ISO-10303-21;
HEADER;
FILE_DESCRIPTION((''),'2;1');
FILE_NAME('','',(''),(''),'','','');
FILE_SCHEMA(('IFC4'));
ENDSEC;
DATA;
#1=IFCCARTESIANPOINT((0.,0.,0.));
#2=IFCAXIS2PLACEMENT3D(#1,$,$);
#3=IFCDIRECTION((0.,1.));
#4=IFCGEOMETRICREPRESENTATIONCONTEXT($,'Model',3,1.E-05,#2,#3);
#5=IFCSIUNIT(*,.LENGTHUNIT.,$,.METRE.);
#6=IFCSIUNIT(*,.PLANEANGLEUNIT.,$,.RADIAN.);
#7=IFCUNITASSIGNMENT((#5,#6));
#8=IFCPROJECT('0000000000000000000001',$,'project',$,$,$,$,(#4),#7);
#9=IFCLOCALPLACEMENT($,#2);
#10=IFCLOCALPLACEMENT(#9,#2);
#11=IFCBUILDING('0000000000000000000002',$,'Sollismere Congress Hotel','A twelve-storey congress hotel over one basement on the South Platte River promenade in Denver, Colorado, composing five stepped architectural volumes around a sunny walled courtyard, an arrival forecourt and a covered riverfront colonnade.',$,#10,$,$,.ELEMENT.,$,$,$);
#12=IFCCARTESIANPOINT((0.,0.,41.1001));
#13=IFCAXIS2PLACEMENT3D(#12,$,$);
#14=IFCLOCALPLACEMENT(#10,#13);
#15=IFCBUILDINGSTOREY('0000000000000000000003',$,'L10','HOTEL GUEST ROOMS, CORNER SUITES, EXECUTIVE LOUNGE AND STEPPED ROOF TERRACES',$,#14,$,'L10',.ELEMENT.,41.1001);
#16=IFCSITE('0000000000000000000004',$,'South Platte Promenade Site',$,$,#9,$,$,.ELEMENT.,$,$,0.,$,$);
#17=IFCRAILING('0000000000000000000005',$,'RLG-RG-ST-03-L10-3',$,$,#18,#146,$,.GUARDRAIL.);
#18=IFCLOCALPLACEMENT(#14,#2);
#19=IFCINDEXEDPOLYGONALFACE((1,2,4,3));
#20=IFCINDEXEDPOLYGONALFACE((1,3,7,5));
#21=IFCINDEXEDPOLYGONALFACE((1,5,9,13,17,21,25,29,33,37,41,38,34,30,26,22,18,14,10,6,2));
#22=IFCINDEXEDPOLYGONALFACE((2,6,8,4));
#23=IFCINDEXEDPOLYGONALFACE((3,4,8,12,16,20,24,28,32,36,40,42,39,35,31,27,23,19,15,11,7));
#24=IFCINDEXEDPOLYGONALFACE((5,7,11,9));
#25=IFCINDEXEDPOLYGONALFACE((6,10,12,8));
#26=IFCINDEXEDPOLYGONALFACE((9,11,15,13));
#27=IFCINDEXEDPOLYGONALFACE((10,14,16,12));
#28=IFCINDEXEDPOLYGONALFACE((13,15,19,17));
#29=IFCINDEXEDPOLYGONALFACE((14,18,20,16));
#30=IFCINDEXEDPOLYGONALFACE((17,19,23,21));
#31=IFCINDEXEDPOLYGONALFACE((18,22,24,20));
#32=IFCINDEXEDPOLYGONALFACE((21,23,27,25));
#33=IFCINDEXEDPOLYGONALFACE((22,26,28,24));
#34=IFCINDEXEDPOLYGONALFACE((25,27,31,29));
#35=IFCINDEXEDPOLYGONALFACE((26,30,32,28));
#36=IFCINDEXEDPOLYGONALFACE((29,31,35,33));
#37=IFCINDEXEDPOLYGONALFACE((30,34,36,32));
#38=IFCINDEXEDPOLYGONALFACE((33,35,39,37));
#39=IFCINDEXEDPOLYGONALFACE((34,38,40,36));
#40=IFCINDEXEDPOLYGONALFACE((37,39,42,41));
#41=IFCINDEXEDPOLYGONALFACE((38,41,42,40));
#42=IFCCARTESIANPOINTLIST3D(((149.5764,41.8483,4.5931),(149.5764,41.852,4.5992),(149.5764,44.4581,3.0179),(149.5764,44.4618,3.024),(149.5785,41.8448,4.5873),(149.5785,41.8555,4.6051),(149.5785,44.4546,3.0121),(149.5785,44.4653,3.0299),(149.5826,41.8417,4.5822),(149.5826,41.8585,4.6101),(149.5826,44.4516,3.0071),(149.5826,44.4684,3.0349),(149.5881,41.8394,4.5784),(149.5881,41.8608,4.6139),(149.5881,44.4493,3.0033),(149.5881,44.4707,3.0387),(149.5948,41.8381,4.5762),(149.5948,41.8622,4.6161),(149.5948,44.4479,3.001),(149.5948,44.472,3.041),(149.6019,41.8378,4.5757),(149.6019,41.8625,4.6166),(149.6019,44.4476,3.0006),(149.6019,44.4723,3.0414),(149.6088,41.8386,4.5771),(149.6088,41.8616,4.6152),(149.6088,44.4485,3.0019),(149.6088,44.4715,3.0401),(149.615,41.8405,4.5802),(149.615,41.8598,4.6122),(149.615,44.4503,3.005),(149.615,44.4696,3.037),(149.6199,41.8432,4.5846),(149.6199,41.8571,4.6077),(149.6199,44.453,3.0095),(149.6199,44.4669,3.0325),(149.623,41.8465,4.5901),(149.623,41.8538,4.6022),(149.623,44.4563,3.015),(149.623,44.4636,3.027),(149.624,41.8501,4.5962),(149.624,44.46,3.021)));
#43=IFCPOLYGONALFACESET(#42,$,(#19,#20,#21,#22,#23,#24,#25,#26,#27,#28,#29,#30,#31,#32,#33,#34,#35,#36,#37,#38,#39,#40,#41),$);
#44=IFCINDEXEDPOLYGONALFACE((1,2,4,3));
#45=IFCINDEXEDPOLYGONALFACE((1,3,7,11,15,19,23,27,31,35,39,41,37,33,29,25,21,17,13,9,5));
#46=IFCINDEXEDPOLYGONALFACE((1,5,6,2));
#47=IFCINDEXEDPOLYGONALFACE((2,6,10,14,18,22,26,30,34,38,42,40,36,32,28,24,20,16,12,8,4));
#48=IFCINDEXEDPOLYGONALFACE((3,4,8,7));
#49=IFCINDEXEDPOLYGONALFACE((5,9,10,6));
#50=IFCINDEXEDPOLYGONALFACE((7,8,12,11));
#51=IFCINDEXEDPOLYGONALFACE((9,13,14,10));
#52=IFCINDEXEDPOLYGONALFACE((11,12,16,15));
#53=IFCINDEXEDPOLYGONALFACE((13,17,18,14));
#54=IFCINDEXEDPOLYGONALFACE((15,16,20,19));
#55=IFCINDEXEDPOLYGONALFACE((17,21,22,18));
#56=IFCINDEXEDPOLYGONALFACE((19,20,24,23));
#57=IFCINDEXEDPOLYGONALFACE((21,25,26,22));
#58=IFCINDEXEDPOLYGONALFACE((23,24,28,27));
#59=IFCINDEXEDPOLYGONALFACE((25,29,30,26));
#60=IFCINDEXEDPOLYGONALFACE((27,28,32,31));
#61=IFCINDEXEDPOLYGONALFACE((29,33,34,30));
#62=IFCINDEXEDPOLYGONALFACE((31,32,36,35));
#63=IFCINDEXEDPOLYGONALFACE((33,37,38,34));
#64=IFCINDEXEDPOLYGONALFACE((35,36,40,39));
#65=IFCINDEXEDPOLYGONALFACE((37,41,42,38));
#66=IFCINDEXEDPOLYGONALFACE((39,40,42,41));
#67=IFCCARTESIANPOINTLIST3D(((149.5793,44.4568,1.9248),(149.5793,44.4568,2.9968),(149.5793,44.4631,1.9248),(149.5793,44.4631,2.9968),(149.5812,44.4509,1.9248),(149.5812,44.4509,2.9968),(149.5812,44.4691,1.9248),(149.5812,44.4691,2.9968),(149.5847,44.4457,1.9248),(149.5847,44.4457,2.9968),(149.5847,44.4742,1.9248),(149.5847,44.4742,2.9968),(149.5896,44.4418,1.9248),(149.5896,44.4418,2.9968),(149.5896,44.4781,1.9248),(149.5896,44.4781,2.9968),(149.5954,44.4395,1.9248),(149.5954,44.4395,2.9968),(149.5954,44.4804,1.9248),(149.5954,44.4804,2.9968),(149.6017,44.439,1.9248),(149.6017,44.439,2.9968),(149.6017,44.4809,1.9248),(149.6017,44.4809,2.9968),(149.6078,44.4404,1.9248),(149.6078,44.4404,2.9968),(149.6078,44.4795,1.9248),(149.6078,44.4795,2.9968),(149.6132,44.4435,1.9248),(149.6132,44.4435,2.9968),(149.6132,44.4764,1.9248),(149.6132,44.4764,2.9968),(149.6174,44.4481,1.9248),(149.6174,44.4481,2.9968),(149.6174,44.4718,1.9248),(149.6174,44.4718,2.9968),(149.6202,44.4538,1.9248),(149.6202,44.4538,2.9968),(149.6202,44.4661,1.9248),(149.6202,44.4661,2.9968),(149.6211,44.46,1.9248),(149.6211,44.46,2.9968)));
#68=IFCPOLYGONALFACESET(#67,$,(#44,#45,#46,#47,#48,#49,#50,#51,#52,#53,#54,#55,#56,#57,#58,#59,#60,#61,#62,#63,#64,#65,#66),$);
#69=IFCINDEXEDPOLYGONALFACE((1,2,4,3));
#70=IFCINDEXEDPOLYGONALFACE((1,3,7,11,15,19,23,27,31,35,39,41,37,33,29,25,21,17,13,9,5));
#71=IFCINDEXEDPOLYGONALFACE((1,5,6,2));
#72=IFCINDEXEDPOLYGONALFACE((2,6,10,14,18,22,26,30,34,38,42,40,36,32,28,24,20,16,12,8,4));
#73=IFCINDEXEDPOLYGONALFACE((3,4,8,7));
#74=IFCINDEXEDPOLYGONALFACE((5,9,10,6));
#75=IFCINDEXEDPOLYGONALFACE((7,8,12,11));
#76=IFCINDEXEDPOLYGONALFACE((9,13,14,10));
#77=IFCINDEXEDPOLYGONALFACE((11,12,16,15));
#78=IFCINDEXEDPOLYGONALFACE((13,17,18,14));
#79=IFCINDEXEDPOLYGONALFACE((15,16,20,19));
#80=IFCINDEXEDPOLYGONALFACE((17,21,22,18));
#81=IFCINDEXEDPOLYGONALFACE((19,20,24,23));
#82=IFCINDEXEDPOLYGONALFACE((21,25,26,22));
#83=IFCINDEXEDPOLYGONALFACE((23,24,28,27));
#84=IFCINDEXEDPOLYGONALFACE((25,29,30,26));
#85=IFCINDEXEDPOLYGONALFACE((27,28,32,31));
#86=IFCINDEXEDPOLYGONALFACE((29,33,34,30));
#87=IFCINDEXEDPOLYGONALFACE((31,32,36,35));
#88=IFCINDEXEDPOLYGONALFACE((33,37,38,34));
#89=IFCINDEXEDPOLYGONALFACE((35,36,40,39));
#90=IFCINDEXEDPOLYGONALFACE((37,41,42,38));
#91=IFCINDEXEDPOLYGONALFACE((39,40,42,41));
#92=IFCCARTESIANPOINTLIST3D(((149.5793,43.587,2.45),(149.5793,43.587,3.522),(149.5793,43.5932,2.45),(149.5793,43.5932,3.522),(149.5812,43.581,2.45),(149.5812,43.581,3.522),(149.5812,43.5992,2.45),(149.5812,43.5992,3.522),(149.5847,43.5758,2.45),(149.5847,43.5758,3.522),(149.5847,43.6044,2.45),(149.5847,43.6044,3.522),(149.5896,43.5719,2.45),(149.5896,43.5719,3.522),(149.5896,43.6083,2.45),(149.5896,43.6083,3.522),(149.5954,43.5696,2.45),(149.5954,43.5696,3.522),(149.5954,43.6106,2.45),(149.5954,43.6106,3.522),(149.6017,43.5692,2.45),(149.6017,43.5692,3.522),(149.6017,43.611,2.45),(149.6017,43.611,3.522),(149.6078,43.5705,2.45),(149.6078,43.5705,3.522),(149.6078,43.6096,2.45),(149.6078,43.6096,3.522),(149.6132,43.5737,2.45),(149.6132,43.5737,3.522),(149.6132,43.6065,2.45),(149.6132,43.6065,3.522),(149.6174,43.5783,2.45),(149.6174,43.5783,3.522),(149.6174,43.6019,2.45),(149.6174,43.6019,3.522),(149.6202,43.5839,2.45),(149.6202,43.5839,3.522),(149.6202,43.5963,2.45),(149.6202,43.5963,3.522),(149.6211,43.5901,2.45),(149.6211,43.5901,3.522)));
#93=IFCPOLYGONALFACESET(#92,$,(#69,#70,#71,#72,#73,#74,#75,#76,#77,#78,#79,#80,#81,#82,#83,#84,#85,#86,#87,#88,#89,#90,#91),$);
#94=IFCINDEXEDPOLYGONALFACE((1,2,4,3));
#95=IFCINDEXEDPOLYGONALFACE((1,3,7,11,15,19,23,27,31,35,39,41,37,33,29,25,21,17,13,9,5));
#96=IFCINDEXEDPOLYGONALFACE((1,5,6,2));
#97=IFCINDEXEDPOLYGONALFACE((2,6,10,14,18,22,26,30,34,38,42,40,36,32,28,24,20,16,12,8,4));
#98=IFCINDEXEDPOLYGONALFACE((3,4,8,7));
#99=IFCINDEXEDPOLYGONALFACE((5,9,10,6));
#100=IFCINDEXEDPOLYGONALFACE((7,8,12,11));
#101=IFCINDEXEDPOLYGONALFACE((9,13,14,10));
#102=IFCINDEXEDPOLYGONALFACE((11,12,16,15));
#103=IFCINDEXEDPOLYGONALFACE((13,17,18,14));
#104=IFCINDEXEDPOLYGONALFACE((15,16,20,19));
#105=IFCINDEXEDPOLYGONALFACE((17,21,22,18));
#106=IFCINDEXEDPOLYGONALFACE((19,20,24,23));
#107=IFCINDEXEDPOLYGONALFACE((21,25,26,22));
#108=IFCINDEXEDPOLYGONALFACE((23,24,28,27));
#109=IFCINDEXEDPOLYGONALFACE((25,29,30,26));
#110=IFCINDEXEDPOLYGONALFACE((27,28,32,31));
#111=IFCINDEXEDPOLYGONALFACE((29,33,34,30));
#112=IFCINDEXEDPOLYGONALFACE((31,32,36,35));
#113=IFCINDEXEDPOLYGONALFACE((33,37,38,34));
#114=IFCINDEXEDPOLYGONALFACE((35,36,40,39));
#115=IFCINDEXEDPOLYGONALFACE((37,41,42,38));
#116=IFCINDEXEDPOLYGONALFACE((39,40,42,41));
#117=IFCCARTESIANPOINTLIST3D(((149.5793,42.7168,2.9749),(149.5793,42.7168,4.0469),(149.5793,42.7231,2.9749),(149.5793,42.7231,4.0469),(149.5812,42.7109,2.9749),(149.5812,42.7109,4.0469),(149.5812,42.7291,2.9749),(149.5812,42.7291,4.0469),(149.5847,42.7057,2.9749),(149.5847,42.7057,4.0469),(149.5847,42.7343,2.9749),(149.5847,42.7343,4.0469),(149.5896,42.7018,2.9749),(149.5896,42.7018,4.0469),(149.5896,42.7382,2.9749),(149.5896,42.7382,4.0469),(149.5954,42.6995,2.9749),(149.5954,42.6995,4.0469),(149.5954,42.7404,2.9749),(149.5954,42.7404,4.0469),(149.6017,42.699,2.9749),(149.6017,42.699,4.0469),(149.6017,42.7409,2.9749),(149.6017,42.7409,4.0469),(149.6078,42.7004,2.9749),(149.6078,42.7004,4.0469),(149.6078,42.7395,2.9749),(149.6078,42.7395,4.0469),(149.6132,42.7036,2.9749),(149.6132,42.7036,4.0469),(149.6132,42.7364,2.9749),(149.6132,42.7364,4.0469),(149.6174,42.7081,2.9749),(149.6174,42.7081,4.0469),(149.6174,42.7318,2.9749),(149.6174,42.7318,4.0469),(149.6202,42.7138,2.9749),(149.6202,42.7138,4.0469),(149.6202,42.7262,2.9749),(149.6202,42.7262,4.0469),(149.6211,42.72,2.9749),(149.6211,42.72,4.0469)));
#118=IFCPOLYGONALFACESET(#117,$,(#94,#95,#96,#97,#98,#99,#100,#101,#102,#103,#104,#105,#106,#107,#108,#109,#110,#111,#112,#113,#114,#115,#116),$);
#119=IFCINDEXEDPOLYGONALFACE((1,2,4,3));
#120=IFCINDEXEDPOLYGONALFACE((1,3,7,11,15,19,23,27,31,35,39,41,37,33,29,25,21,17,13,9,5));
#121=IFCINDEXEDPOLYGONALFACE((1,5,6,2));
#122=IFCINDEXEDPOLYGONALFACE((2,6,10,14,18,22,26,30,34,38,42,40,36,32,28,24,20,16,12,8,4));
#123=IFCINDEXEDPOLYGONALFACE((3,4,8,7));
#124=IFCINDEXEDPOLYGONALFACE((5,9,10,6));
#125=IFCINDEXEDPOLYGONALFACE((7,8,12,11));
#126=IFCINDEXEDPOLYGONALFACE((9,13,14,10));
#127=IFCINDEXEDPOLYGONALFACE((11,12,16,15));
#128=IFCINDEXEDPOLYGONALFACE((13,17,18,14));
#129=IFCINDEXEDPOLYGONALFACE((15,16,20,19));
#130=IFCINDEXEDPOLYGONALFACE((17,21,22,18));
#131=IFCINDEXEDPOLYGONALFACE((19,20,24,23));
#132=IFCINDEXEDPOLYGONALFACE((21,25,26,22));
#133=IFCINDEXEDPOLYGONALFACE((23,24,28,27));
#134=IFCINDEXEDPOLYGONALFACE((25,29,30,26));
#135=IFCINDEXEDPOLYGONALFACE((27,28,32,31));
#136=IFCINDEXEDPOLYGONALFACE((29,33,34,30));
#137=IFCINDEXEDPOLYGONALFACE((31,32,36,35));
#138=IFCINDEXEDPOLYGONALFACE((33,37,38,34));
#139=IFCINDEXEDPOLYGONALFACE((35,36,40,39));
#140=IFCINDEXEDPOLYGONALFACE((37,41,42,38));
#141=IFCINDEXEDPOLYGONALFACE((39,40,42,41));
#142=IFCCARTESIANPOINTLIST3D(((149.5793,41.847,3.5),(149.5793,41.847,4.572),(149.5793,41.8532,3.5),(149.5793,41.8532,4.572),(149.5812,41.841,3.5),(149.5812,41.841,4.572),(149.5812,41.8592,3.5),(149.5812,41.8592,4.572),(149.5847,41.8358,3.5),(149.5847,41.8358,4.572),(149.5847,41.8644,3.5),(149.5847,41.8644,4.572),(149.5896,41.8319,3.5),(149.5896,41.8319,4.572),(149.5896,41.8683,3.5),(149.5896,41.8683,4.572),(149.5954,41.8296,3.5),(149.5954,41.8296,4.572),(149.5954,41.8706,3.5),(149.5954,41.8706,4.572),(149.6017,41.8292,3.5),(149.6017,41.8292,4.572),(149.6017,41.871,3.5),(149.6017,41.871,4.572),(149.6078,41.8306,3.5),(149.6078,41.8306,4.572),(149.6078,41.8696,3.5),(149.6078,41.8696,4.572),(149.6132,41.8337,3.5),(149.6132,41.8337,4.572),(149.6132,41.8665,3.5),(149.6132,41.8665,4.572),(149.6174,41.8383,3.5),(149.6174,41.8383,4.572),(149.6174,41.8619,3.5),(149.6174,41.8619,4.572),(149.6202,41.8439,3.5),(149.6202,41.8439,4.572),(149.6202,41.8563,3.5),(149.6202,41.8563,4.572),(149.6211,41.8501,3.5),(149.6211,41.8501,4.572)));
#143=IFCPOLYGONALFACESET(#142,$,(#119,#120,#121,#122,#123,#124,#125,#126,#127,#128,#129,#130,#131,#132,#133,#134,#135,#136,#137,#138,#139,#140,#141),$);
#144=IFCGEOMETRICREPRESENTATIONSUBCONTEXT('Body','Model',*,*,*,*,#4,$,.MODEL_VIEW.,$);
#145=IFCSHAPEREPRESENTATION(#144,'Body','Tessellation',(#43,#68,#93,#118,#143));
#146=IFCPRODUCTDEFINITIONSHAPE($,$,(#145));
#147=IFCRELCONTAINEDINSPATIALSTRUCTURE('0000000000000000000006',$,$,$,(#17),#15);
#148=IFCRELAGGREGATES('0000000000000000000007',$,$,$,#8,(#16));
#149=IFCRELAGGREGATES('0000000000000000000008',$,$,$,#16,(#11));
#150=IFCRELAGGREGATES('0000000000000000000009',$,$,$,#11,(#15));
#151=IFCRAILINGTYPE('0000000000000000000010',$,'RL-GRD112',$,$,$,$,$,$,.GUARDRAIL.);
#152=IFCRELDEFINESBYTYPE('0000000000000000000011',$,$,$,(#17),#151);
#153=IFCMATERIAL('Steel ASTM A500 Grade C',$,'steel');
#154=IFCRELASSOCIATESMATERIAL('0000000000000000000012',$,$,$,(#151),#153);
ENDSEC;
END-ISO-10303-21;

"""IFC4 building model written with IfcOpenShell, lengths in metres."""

from ifc_helpers import new_model, si_unit, direction, frame, origin, origin_2d, place, context, subcontext, project, spatial, circle, extrude, material, type_object, element, save


model = new_model("IFC4")

# Units and contexts
model_context = context("Model", 3, precision=1e-05, world=origin(), true_north=direction((0.0, 1.0)))
body_context = subcontext(model_context, "Body", "Model", "MODEL_VIEW")
ifc_project = project(units=[si_unit("LENGTHUNIT", "METRE"), si_unit("PLANEANGLEUNIT", "RADIAN")], contexts=[model_context])

# Site, building, storey
site_placement = place(None, origin())
site = spatial("IfcSite", under=ifc_project, at=site_placement, Name="South Platte Promenade Site", CompositionType="ELEMENT", RefElevation=0.0)
building_placement = place(site_placement, origin())
building = spatial("IfcBuilding", under=site, at=building_placement, Name="Sollismere Congress Hotel", Description="A twelve-storey congress hotel over one basement on the South Platte River promenade in Denver, Colorado, composing five stepped architectural volumes around a sunny walled courtyard, an arrival forecourt and a covered riverfront colonnade.", CompositionType="ELEMENT")
storey_placement = place(building_placement, frame((0.0, 0.0, 41.1001)))
storey = spatial("IfcBuildingStorey", under=building, at=storey_placement, Name="L10", Description="HOTEL GUEST ROOMS, CORNER SUITES, EXECUTIVE LOUNGE AND STEPPED ROOF TERRACES", LongName="L10", CompositionType="ELEMENT", Elevation=41.1001)

# Railing
ifc_material_1 = material(Name="Steel ASTM A500 Grade C", Category="steel")
railing_type_1 = type_object("IfcRailingType", Name="RL-GRD112", PredefinedType="GUARDRAIL", material=ifc_material_1)
railing_1_placement = place(storey_placement, frame((149.6001, 44.46, 1.9248)))
element("IfcRailing", 1, at=railing_1_placement, inside=storey, type_object=railing_type_1, Name="RLG-RG-ST-03-L10-3", PredefinedType="GUARDRAIL", context=body_context, shape_type="SweptSolid", body=[
    extrude(circle(Radius=0.0239, at=origin_2d()), frame((0.0, 0.0, 1.0962), z_axis=(0.0, -0.856147, 0.516732), x_axis=(1.0, 0.0, 0.0)), (0.0, 0.0, 1.0), 3.0483),
    extrude(circle(Radius=0.021, at=origin_2d()), origin(), (0.0, 0.0, 1.0), 1.072),
    extrude(circle(Radius=0.021, at=origin_2d()), frame((0.0, -0.8699, 0.5251)), (0.0, 0.0, 1.0), 1.072),
    extrude(circle(Radius=0.021, at=origin_2d()), frame((0.0, -1.74, 1.05)), (0.0, 0.0, 1.0), 1.072),
    extrude(circle(Radius=0.021, at=origin_2d()), frame((0.0, -2.6099, 1.5752)), (0.0, 0.0, 1.0), 1.072),
])

save(model, "model.ifc")
